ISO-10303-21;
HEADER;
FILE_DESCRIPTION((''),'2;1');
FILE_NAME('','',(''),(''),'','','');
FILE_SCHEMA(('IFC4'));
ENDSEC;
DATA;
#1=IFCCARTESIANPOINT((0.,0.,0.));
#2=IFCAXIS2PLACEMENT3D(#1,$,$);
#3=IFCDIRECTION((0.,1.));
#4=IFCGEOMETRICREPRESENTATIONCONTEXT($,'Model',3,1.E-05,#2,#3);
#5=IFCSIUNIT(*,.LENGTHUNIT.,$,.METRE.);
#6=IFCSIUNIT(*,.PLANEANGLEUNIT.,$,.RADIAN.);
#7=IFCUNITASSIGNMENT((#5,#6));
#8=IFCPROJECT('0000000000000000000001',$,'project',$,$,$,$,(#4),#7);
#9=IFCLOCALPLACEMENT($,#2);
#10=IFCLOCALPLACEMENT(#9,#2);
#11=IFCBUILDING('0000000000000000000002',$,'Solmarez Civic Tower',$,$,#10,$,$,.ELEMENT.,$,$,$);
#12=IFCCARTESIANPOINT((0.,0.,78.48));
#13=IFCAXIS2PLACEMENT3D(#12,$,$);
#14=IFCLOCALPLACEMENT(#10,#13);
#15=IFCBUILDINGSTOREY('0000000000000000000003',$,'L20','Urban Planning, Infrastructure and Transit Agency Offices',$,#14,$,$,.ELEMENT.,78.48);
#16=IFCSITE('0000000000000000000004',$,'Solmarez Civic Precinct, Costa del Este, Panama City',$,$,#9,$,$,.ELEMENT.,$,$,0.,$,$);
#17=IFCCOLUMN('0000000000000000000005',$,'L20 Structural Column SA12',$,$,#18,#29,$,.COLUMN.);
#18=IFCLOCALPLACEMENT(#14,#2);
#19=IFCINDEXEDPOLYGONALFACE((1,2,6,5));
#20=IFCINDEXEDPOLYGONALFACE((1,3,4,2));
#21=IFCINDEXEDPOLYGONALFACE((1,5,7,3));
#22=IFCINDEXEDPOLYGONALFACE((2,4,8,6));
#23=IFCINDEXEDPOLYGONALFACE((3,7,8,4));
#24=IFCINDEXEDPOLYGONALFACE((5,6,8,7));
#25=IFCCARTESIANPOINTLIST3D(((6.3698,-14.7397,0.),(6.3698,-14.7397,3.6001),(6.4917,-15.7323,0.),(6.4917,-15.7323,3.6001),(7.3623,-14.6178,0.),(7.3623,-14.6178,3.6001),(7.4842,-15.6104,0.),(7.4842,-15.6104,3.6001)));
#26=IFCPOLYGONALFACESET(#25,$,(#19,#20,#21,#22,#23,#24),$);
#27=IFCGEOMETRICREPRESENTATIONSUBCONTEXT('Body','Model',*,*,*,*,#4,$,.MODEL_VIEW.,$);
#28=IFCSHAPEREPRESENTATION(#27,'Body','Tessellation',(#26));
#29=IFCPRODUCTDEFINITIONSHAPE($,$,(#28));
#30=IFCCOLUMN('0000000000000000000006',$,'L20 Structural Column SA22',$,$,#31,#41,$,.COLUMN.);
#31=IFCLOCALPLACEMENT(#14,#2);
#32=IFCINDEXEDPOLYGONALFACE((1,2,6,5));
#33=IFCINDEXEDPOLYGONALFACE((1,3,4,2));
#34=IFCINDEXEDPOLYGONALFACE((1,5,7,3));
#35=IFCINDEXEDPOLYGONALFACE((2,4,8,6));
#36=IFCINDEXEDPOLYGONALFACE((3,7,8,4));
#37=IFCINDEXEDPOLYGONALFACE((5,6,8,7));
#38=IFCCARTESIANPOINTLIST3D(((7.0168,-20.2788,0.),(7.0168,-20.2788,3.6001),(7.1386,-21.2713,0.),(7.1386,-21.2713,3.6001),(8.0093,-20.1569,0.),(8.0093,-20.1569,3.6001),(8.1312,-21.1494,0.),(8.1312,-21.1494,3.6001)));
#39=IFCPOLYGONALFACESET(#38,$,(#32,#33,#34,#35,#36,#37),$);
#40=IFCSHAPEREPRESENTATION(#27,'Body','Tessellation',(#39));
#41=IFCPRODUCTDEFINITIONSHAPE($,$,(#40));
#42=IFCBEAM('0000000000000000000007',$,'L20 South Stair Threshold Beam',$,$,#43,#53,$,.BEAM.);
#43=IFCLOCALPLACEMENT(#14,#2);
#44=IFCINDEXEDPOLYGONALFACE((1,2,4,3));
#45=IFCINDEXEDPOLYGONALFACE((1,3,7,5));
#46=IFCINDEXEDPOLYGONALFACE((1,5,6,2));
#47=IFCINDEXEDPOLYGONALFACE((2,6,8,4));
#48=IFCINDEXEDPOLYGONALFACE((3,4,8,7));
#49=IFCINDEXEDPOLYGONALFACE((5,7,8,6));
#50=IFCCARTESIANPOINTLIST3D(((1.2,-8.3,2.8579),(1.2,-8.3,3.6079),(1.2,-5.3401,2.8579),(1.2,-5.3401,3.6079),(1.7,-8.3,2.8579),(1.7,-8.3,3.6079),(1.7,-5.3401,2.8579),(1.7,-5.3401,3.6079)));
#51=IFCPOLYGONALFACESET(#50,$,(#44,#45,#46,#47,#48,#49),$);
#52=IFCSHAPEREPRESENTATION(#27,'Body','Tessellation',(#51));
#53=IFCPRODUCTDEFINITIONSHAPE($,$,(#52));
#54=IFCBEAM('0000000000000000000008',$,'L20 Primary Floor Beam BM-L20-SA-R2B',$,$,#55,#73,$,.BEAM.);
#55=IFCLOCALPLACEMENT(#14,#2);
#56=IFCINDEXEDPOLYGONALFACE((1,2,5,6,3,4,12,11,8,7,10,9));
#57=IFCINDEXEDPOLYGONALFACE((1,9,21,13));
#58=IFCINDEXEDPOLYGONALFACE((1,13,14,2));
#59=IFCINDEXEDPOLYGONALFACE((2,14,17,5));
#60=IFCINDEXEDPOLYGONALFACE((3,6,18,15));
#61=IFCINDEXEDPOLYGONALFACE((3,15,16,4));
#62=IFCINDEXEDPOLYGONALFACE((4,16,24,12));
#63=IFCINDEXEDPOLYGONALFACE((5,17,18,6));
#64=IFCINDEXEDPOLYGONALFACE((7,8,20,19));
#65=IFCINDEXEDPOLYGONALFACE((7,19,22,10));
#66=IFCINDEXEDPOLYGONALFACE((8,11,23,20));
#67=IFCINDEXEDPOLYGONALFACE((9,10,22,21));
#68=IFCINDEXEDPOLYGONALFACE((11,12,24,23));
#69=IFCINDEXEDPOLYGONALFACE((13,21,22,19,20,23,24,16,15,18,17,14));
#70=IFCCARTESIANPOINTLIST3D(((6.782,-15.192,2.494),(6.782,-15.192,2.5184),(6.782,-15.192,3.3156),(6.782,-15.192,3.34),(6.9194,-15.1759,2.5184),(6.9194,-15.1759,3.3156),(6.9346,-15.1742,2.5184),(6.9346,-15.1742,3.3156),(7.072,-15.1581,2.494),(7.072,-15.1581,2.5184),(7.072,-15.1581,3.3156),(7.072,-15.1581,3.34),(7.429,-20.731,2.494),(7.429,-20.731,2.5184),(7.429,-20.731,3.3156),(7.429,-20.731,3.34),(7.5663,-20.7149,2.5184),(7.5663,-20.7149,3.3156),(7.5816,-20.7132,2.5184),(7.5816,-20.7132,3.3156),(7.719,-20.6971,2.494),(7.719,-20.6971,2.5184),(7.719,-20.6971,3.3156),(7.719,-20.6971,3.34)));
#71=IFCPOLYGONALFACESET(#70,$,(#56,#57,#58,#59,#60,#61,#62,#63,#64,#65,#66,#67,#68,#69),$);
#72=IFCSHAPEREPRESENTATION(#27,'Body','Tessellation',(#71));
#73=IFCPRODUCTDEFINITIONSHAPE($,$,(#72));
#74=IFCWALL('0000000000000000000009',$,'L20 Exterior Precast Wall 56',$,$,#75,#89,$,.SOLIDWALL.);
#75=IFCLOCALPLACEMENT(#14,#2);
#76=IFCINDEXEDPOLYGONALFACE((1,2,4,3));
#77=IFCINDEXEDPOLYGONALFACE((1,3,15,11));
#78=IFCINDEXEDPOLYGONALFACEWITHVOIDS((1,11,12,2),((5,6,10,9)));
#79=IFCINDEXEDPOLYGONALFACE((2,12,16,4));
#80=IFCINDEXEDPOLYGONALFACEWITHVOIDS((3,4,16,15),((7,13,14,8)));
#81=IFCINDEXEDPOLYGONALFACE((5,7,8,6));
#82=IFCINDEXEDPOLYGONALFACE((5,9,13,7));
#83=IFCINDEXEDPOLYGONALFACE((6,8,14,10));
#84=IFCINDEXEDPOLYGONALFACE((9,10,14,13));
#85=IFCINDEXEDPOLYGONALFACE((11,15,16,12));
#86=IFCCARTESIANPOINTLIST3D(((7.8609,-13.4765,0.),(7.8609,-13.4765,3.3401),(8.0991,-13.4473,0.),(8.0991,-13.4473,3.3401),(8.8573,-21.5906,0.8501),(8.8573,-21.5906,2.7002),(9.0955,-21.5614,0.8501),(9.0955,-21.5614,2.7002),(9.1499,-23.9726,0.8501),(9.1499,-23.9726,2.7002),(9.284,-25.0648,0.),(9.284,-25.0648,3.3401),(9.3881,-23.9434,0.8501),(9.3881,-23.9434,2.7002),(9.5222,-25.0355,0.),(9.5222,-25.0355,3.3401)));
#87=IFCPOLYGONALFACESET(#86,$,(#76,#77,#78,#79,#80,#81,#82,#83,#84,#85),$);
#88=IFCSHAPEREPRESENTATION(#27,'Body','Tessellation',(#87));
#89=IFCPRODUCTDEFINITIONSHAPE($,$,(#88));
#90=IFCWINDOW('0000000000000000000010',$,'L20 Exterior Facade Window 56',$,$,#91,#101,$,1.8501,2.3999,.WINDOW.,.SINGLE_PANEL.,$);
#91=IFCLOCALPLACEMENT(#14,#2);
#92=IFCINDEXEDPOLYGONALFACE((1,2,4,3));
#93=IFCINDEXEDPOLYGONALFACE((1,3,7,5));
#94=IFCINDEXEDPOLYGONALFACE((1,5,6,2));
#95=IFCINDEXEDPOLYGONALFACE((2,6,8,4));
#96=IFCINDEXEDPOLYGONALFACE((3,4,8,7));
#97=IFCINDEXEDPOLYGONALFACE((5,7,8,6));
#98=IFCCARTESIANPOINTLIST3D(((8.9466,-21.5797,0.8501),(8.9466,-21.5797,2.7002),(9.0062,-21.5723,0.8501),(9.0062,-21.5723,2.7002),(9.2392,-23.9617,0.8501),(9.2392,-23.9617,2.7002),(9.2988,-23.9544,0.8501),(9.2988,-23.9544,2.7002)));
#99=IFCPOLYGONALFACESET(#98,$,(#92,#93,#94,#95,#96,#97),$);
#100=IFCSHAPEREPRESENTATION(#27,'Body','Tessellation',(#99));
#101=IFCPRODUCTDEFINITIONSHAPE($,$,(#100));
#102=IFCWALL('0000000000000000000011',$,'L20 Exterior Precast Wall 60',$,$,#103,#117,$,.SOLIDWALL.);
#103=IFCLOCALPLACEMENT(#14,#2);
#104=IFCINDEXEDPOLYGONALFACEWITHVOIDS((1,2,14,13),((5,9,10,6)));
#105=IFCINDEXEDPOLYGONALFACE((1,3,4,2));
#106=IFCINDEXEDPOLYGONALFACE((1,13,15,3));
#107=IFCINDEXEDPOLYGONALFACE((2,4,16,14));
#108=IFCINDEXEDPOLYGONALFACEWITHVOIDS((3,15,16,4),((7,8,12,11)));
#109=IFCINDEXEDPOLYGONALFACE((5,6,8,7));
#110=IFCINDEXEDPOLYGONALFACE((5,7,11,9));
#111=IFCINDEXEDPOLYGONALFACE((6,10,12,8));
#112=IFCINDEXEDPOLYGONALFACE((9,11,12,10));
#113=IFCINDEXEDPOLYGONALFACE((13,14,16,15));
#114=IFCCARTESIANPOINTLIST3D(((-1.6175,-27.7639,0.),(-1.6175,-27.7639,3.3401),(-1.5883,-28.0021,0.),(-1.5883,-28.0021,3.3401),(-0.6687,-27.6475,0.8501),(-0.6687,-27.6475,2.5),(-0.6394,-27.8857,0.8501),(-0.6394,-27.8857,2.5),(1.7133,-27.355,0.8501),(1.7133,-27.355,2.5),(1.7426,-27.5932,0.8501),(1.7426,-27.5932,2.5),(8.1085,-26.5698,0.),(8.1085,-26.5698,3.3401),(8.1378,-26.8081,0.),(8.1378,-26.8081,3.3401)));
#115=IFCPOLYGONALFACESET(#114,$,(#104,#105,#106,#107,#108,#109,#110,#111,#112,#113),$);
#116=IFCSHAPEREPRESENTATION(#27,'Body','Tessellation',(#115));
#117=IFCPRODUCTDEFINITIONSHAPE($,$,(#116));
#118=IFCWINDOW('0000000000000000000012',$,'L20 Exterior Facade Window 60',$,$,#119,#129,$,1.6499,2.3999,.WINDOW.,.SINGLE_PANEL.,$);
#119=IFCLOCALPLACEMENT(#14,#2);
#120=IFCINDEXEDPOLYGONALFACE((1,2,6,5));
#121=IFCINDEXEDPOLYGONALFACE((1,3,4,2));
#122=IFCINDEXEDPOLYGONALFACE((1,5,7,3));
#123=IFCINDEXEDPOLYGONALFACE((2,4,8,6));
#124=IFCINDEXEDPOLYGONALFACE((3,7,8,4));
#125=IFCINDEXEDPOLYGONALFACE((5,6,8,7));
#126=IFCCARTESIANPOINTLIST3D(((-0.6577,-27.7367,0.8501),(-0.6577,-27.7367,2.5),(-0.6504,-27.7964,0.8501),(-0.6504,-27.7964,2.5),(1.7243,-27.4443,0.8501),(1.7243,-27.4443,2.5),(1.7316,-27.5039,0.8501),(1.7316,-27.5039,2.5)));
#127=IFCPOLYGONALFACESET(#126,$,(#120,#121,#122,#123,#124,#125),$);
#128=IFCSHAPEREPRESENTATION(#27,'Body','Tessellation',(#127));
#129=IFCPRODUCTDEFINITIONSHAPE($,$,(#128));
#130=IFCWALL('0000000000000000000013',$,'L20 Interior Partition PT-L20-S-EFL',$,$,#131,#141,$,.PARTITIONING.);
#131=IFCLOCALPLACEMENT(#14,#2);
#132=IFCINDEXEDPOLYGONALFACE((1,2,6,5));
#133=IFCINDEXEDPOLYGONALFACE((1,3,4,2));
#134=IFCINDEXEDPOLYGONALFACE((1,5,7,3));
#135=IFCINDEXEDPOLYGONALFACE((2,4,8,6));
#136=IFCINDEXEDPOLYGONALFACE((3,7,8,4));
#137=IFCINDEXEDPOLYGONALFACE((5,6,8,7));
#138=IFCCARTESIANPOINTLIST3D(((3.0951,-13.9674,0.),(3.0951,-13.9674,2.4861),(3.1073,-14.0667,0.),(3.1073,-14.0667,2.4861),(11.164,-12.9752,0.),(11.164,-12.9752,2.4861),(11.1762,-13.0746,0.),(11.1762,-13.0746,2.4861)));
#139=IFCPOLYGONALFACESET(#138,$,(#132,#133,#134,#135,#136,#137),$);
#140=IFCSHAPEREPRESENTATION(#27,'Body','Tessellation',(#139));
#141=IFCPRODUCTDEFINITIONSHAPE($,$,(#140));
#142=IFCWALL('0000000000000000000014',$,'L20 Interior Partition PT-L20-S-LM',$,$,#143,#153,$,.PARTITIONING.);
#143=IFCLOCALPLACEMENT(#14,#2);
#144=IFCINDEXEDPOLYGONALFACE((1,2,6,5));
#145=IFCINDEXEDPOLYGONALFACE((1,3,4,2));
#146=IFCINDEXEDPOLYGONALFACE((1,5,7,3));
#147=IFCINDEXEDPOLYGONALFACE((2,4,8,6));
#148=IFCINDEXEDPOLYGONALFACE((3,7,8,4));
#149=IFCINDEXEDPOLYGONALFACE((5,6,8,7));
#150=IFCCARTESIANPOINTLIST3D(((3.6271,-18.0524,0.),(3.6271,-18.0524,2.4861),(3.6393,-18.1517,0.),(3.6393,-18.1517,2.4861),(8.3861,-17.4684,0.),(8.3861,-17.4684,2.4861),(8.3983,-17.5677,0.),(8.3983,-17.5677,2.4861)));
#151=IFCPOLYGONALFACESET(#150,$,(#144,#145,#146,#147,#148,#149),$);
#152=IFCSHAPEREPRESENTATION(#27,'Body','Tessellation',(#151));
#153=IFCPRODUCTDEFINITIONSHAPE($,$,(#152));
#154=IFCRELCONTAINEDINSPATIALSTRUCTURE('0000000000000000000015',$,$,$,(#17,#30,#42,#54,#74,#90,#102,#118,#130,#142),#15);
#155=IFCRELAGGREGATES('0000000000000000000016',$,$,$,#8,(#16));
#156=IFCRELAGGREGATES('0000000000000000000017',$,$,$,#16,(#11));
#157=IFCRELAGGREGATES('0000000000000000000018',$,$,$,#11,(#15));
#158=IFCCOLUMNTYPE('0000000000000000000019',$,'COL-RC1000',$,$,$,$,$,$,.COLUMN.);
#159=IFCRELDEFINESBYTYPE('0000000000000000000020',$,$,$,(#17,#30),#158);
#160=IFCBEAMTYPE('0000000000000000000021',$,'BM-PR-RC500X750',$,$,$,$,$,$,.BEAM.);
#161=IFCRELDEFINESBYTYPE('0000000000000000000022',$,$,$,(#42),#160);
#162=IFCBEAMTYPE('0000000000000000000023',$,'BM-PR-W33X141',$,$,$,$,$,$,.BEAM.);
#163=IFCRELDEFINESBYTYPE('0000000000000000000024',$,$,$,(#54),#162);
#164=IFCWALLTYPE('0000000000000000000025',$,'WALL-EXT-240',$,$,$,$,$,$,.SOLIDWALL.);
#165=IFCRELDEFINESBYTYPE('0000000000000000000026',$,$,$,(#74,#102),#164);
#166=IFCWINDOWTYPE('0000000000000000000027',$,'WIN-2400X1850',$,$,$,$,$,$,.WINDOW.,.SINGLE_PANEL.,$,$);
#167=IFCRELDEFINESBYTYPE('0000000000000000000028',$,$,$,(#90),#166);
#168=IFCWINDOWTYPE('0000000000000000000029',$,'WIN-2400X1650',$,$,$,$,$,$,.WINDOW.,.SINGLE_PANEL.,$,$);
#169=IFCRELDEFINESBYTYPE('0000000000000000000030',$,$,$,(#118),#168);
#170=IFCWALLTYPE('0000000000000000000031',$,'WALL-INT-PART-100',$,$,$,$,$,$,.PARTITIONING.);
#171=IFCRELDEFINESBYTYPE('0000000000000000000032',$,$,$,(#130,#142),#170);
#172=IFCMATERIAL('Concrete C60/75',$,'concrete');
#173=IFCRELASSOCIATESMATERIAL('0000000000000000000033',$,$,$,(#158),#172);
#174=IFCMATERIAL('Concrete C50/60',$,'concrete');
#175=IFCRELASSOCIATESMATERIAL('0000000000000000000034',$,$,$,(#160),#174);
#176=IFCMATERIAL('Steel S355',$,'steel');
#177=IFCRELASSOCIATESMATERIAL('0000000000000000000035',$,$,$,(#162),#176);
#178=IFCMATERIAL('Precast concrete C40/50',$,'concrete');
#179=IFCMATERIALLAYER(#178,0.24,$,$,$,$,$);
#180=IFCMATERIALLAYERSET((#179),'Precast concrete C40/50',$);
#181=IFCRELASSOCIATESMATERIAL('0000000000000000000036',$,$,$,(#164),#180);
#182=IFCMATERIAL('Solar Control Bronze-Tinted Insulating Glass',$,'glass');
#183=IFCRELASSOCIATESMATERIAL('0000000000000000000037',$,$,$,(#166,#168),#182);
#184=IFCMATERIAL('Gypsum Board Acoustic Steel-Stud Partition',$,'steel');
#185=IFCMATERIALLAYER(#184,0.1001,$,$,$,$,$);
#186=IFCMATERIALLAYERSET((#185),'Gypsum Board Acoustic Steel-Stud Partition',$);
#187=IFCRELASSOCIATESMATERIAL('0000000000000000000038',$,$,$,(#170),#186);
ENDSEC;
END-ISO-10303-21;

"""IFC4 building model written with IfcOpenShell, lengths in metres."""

from ifc_helpers import new_model, si_unit, direction, frame, frame_2d, origin, origin_2d, place, context, subcontext, project, spatial, rectangle, i_section, extrude, material, layer, layer_set, material_profile, profile_set, type_object, element, fill, save


model = new_model("IFC4")

# Units and contexts
model_context = context("Model", 3, precision=1e-05, world=origin(), true_north=direction((0.0, 1.0)))
body_context = subcontext(model_context, "Body", "Model", "MODEL_VIEW")
ifc_project = project(units=[si_unit("LENGTHUNIT", "METRE"), si_unit("PLANEANGLEUNIT", "RADIAN")], contexts=[model_context])

# Site, building, storey
site_placement = place(None, origin())
site = spatial("IfcSite", under=ifc_project, at=site_placement, Name="Solmarez Civic Precinct, Costa del Este, Panama City", CompositionType="ELEMENT", RefElevation=0.0)
building_placement = place(site_placement, origin())
building = spatial("IfcBuilding", under=site, at=building_placement, Name="Solmarez Civic Tower", CompositionType="ELEMENT")
storey_placement = place(building_placement, frame((0.0, 0.0, 78.48)))
storey = spatial("IfcBuildingStorey", under=building, at=storey_placement, Name="L20", Description="Urban Planning, Infrastructure and Transit Agency Offices", CompositionType="ELEMENT", Elevation=78.48)

# Columns
ifc_material_1 = material(Name="Concrete C60/75", Category="concrete")
ifc_material_profile_1 = material_profile(ifc_material_1, rectangle(XDim=1.0, YDim=1.0, at=origin_2d()), Name="RC1000X1000")
ifc_profile_set_1 = profile_set([ifc_material_profile_1], Name="Concrete C60/75")
column_type = type_object("IfcColumnType", Name="COL-RC1000", PredefinedType="COLUMN", material=ifc_profile_set_1)
for number, where, z_axis, x_axis, name in (
    (1, (6.927, -15.175, 0.0), (0.0, 0.0, 1.0), (0.992546, 0.121869, 0.0), "L20 Structural Column SA12"),
    (2, (7.574, -20.7141, 0.0), (0.0, 0.0, 1.0), (0.992546, 0.121869, 0.0), "L20 Structural Column SA22"),
):
    element("IfcColumn", number, at=place(storey_placement, frame(where, z_axis=z_axis, x_axis=x_axis)), inside=storey, type_object=column_type, Name=name, PredefinedType="COLUMN", context=body_context, shape_type="SweptSolid", body=[
        extrude(rectangle(XDim=1.0, YDim=1.0, at=origin_2d()), origin(), (0.0, 0.0, 1.0), 3.6001),
    ])

# Beams
ifc_material_2 = material(Name="Concrete C50/60", Category="concrete")
ifc_material_profile_2 = material_profile(ifc_material_2, rectangle(XDim=0.5, YDim=0.75, at=origin_2d()), Name="RC500X750")
ifc_profile_set_2 = profile_set([ifc_material_profile_2], Name="Concrete C50/60")
beam_type_1 = type_object("IfcBeamType", Name="BM-PR-RC500X750", PredefinedType="BEAM", material=ifc_profile_set_2)
beam_1_placement = place(storey_placement, frame((1.45, -8.3, 3.2329), z_axis=(0.0, 1.0, 0.0), x_axis=(-1.0, 0.0, 0.0)))
element("IfcBeam", 3, at=beam_1_placement, inside=storey, type_object=beam_type_1, Name="L20 South Stair Threshold Beam", PredefinedType="BEAM", context=body_context, shape_type="SweptSolid", body=[
    extrude(rectangle(XDim=0.5, YDim=0.75, at=origin_2d()), origin(), (0.0, 0.0, 1.0), 2.96),
])
ifc_material_3 = material(Name="Steel S355", Category="steel")
ifc_material_profile_3 = material_profile(ifc_material_3, i_section(OverallWidth=0.292, OverallDepth=0.8459, WebThickness=0.0154, FlangeThickness=0.0244, at=origin_2d()), Name="W33X141")
ifc_profile_set_3 = profile_set([ifc_material_profile_3], Name="Steel S355")
beam_type_2 = type_object("IfcBeamType", Name="BM-PR-W33X141", PredefinedType="BEAM", material=ifc_profile_set_3)
beam_2_placement = place(storey_placement, frame((6.927, -15.175, 2.917), z_axis=(0.116013, -0.993248, 0.0), x_axis=(0.993248, 0.116013, 0.0)))
element("IfcBeam", 4, at=beam_2_placement, inside=storey, type_object=beam_type_2, Name="L20 Primary Floor Beam BM-L20-SA-R2B", PredefinedType="BEAM", context=body_context, shape_type="SweptSolid", body=[
    extrude(i_section(OverallWidth=0.292, OverallDepth=0.8459, WebThickness=0.0154, FlangeThickness=0.0244, at=origin_2d()), origin(), (0.0, 0.0, 1.0), 5.5767),
])

# Walls, openings, windows
ifc_material_4 = material(Name="Precast concrete C40/50", Category="concrete")
ifc_layer_1 = layer(ifc_material_4, 0.24)
ifc_layer_set_1 = layer_set([ifc_layer_1], Name="Precast concrete C40/50")
wall_type_1 = type_object("IfcWallType", Name="WALL-EXT-240", PredefinedType="SOLIDWALL", material=ifc_layer_set_1)
wall_1_placement = place(storey_placement, frame((7.98, -13.4619, 0.0), z_axis=(0.0, 0.0, 1.0), x_axis=(0.121891, -0.992544, 0.0)))
wall_1 = element("IfcWall", 5, at=wall_1_placement, inside=storey, type_object=wall_type_1, Name="L20 Exterior Precast Wall 56", PredefinedType="SOLIDWALL", context=body_context, shape_type="SweptSolid", body=[
    extrude(rectangle(XDim=11.6753, YDim=0.24, at=frame_2d((5.8376, 0.0))), origin(), (0.0, 0.0, 1.0), 3.3401),
])
opening_1_placement = place(wall_1_placement, frame((8.175, 0.0, 0.8501)))
opening_1 = element("IfcOpeningElement", 6, at=opening_1_placement, cuts=wall_1, PredefinedType="OPENING", context=body_context, shape_type="SweptSolid", body=[
    extrude(rectangle(XDim=2.3999, YDim=1.8501, at=frame_2d((1.2, 0.925))), frame((0.0, 0.1299, 0.0), z_axis=(0.0, -1.0, 0.0), x_axis=(1.0, 0.0, 0.0)), (0.0, 0.0, 1.0), 0.26),
])
ifc_material_5 = material(Name="Solar Control Bronze-Tinted Insulating Glass", Category="glass")
window_type_1 = type_object("IfcWindowType", Name="WIN-2400X1850", PartitioningType="SINGLE_PANEL", PredefinedType="WINDOW", material=ifc_material_5)
window_1_placement = place(opening_1_placement, origin())
window_1 = element("IfcWindow", 7, at=window_1_placement, inside=storey, type_object=window_type_1, Name="L20 Exterior Facade Window 56", OverallHeight=1.8501, OverallWidth=2.3999, PartitioningType="SINGLE_PANEL", PredefinedType="WINDOW", context=body_context, shape_type="SweptSolid", body=[
    extrude(rectangle(XDim=2.3999, YDim=1.8501, at=frame_2d((1.2, 0.925))), frame((0.0, 0.03, 0.0), z_axis=(0.0, -1.0, 0.0), x_axis=(1.0, 0.0, 0.0)), (0.0, 0.0, 1.0), 0.0601),
])
fill(opening_1, window_1)
wall_2_placement = place(storey_placement, frame((8.123, -26.689, 0.0), z_axis=(0.0, 0.0, 1.0), x_axis=(-0.992548, -0.121857, 0.0)))
wall_2 = element("IfcWall", 8, at=wall_2_placement, inside=storey, type_object=wall_type_1, Name="L20 Exterior Precast Wall 60", PredefinedType="SOLIDWALL", context=body_context, shape_type="SweptSolid", body=[
    extrude(rectangle(XDim=9.7991, YDim=0.24, at=frame_2d((4.8994, 0.0))), origin(), (0.0, 0.0, 1.0), 3.3401),
])
opening_2_placement = place(wall_2_placement, frame((6.4431, 0.0, 0.8501)))
opening_2 = element("IfcOpeningElement", 9, at=opening_2_placement, cuts=wall_2, PredefinedType="OPENING", context=body_context, shape_type="SweptSolid", body=[
    extrude(rectangle(XDim=2.3999, YDim=1.6499, at=frame_2d((1.2, 0.825))), frame((0.0, 0.1299, 0.0), z_axis=(0.0, -1.0, 0.0), x_axis=(1.0, 0.0, 0.0)), (0.0, 0.0, 1.0), 0.26),
])
window_type_2 = type_object("IfcWindowType", Name="WIN-2400X1650", PartitioningType="SINGLE_PANEL", PredefinedType="WINDOW", material=ifc_material_5)
window_2_placement = place(opening_2_placement, origin())
window_2 = element("IfcWindow", 10, at=window_2_placement, inside=storey, type_object=window_type_2, Name="L20 Exterior Facade Window 60", OverallHeight=1.6499, OverallWidth=2.3999, PartitioningType="SINGLE_PANEL", PredefinedType="WINDOW", context=body_context, shape_type="SweptSolid", body=[
    extrude(rectangle(XDim=2.3999, YDim=1.6499, at=frame_2d((1.2, 0.825))), frame((0.0, 0.03, 0.0), z_axis=(0.0, -1.0, 0.0), x_axis=(1.0, 0.0, 0.0)), (0.0, 0.0, 1.0), 0.0601),
])
fill(opening_2, window_2)

# Walls
ifc_material_6 = material(Name="Gypsum Board Acoustic Steel-Stud Partition", Category="steel")
ifc_layer_2 = layer(ifc_material_6, 0.1001)
ifc_layer_set_2 = layer_set([ifc_layer_2], Name="Gypsum Board Acoustic Steel-Stud Partition")
wall_type_2 = type_object("IfcWallType", Name="WALL-INT-PART-100", PredefinedType="PARTITIONING", material=ifc_layer_set_2)
wall_3_placement = place(storey_placement, frame((3.1011, -14.0171, 0.0), z_axis=(0.0, 0.0, 1.0), x_axis=(0.992524, 0.122046, 0.0)))
element("IfcWall", 11, at=wall_3_placement, inside=storey, type_object=wall_type_2, Name="L20 Interior Partition PT-L20-S-EFL", PredefinedType="PARTITIONING", context=body_context, shape_type="SweptSolid", body=[
    extrude(rectangle(XDim=8.1296, YDim=0.1001, at=frame_2d((4.0649, 0.0))), origin(), (0.0, 0.0, 1.0), 2.4861),
])
wall_4_placement = place(storey_placement, frame((3.6331, -18.1021, 0.0), z_axis=(0.0, 0.0, 1.0), x_axis=(0.992555, 0.121797, 0.0)))
element("IfcWall", 12, at=wall_4_placement, inside=storey, type_object=wall_type_2, Name="L20 Interior Partition PT-L20-S-LM", PredefinedType="PARTITIONING", context=body_context, shape_type="SweptSolid", body=[
    extrude(rectangle(XDim=4.7947, YDim=0.1001, at=frame_2d((2.3975, 0.0))), origin(), (0.0, 0.0, 1.0), 2.4861),
])

save(model, "model.ifc")
